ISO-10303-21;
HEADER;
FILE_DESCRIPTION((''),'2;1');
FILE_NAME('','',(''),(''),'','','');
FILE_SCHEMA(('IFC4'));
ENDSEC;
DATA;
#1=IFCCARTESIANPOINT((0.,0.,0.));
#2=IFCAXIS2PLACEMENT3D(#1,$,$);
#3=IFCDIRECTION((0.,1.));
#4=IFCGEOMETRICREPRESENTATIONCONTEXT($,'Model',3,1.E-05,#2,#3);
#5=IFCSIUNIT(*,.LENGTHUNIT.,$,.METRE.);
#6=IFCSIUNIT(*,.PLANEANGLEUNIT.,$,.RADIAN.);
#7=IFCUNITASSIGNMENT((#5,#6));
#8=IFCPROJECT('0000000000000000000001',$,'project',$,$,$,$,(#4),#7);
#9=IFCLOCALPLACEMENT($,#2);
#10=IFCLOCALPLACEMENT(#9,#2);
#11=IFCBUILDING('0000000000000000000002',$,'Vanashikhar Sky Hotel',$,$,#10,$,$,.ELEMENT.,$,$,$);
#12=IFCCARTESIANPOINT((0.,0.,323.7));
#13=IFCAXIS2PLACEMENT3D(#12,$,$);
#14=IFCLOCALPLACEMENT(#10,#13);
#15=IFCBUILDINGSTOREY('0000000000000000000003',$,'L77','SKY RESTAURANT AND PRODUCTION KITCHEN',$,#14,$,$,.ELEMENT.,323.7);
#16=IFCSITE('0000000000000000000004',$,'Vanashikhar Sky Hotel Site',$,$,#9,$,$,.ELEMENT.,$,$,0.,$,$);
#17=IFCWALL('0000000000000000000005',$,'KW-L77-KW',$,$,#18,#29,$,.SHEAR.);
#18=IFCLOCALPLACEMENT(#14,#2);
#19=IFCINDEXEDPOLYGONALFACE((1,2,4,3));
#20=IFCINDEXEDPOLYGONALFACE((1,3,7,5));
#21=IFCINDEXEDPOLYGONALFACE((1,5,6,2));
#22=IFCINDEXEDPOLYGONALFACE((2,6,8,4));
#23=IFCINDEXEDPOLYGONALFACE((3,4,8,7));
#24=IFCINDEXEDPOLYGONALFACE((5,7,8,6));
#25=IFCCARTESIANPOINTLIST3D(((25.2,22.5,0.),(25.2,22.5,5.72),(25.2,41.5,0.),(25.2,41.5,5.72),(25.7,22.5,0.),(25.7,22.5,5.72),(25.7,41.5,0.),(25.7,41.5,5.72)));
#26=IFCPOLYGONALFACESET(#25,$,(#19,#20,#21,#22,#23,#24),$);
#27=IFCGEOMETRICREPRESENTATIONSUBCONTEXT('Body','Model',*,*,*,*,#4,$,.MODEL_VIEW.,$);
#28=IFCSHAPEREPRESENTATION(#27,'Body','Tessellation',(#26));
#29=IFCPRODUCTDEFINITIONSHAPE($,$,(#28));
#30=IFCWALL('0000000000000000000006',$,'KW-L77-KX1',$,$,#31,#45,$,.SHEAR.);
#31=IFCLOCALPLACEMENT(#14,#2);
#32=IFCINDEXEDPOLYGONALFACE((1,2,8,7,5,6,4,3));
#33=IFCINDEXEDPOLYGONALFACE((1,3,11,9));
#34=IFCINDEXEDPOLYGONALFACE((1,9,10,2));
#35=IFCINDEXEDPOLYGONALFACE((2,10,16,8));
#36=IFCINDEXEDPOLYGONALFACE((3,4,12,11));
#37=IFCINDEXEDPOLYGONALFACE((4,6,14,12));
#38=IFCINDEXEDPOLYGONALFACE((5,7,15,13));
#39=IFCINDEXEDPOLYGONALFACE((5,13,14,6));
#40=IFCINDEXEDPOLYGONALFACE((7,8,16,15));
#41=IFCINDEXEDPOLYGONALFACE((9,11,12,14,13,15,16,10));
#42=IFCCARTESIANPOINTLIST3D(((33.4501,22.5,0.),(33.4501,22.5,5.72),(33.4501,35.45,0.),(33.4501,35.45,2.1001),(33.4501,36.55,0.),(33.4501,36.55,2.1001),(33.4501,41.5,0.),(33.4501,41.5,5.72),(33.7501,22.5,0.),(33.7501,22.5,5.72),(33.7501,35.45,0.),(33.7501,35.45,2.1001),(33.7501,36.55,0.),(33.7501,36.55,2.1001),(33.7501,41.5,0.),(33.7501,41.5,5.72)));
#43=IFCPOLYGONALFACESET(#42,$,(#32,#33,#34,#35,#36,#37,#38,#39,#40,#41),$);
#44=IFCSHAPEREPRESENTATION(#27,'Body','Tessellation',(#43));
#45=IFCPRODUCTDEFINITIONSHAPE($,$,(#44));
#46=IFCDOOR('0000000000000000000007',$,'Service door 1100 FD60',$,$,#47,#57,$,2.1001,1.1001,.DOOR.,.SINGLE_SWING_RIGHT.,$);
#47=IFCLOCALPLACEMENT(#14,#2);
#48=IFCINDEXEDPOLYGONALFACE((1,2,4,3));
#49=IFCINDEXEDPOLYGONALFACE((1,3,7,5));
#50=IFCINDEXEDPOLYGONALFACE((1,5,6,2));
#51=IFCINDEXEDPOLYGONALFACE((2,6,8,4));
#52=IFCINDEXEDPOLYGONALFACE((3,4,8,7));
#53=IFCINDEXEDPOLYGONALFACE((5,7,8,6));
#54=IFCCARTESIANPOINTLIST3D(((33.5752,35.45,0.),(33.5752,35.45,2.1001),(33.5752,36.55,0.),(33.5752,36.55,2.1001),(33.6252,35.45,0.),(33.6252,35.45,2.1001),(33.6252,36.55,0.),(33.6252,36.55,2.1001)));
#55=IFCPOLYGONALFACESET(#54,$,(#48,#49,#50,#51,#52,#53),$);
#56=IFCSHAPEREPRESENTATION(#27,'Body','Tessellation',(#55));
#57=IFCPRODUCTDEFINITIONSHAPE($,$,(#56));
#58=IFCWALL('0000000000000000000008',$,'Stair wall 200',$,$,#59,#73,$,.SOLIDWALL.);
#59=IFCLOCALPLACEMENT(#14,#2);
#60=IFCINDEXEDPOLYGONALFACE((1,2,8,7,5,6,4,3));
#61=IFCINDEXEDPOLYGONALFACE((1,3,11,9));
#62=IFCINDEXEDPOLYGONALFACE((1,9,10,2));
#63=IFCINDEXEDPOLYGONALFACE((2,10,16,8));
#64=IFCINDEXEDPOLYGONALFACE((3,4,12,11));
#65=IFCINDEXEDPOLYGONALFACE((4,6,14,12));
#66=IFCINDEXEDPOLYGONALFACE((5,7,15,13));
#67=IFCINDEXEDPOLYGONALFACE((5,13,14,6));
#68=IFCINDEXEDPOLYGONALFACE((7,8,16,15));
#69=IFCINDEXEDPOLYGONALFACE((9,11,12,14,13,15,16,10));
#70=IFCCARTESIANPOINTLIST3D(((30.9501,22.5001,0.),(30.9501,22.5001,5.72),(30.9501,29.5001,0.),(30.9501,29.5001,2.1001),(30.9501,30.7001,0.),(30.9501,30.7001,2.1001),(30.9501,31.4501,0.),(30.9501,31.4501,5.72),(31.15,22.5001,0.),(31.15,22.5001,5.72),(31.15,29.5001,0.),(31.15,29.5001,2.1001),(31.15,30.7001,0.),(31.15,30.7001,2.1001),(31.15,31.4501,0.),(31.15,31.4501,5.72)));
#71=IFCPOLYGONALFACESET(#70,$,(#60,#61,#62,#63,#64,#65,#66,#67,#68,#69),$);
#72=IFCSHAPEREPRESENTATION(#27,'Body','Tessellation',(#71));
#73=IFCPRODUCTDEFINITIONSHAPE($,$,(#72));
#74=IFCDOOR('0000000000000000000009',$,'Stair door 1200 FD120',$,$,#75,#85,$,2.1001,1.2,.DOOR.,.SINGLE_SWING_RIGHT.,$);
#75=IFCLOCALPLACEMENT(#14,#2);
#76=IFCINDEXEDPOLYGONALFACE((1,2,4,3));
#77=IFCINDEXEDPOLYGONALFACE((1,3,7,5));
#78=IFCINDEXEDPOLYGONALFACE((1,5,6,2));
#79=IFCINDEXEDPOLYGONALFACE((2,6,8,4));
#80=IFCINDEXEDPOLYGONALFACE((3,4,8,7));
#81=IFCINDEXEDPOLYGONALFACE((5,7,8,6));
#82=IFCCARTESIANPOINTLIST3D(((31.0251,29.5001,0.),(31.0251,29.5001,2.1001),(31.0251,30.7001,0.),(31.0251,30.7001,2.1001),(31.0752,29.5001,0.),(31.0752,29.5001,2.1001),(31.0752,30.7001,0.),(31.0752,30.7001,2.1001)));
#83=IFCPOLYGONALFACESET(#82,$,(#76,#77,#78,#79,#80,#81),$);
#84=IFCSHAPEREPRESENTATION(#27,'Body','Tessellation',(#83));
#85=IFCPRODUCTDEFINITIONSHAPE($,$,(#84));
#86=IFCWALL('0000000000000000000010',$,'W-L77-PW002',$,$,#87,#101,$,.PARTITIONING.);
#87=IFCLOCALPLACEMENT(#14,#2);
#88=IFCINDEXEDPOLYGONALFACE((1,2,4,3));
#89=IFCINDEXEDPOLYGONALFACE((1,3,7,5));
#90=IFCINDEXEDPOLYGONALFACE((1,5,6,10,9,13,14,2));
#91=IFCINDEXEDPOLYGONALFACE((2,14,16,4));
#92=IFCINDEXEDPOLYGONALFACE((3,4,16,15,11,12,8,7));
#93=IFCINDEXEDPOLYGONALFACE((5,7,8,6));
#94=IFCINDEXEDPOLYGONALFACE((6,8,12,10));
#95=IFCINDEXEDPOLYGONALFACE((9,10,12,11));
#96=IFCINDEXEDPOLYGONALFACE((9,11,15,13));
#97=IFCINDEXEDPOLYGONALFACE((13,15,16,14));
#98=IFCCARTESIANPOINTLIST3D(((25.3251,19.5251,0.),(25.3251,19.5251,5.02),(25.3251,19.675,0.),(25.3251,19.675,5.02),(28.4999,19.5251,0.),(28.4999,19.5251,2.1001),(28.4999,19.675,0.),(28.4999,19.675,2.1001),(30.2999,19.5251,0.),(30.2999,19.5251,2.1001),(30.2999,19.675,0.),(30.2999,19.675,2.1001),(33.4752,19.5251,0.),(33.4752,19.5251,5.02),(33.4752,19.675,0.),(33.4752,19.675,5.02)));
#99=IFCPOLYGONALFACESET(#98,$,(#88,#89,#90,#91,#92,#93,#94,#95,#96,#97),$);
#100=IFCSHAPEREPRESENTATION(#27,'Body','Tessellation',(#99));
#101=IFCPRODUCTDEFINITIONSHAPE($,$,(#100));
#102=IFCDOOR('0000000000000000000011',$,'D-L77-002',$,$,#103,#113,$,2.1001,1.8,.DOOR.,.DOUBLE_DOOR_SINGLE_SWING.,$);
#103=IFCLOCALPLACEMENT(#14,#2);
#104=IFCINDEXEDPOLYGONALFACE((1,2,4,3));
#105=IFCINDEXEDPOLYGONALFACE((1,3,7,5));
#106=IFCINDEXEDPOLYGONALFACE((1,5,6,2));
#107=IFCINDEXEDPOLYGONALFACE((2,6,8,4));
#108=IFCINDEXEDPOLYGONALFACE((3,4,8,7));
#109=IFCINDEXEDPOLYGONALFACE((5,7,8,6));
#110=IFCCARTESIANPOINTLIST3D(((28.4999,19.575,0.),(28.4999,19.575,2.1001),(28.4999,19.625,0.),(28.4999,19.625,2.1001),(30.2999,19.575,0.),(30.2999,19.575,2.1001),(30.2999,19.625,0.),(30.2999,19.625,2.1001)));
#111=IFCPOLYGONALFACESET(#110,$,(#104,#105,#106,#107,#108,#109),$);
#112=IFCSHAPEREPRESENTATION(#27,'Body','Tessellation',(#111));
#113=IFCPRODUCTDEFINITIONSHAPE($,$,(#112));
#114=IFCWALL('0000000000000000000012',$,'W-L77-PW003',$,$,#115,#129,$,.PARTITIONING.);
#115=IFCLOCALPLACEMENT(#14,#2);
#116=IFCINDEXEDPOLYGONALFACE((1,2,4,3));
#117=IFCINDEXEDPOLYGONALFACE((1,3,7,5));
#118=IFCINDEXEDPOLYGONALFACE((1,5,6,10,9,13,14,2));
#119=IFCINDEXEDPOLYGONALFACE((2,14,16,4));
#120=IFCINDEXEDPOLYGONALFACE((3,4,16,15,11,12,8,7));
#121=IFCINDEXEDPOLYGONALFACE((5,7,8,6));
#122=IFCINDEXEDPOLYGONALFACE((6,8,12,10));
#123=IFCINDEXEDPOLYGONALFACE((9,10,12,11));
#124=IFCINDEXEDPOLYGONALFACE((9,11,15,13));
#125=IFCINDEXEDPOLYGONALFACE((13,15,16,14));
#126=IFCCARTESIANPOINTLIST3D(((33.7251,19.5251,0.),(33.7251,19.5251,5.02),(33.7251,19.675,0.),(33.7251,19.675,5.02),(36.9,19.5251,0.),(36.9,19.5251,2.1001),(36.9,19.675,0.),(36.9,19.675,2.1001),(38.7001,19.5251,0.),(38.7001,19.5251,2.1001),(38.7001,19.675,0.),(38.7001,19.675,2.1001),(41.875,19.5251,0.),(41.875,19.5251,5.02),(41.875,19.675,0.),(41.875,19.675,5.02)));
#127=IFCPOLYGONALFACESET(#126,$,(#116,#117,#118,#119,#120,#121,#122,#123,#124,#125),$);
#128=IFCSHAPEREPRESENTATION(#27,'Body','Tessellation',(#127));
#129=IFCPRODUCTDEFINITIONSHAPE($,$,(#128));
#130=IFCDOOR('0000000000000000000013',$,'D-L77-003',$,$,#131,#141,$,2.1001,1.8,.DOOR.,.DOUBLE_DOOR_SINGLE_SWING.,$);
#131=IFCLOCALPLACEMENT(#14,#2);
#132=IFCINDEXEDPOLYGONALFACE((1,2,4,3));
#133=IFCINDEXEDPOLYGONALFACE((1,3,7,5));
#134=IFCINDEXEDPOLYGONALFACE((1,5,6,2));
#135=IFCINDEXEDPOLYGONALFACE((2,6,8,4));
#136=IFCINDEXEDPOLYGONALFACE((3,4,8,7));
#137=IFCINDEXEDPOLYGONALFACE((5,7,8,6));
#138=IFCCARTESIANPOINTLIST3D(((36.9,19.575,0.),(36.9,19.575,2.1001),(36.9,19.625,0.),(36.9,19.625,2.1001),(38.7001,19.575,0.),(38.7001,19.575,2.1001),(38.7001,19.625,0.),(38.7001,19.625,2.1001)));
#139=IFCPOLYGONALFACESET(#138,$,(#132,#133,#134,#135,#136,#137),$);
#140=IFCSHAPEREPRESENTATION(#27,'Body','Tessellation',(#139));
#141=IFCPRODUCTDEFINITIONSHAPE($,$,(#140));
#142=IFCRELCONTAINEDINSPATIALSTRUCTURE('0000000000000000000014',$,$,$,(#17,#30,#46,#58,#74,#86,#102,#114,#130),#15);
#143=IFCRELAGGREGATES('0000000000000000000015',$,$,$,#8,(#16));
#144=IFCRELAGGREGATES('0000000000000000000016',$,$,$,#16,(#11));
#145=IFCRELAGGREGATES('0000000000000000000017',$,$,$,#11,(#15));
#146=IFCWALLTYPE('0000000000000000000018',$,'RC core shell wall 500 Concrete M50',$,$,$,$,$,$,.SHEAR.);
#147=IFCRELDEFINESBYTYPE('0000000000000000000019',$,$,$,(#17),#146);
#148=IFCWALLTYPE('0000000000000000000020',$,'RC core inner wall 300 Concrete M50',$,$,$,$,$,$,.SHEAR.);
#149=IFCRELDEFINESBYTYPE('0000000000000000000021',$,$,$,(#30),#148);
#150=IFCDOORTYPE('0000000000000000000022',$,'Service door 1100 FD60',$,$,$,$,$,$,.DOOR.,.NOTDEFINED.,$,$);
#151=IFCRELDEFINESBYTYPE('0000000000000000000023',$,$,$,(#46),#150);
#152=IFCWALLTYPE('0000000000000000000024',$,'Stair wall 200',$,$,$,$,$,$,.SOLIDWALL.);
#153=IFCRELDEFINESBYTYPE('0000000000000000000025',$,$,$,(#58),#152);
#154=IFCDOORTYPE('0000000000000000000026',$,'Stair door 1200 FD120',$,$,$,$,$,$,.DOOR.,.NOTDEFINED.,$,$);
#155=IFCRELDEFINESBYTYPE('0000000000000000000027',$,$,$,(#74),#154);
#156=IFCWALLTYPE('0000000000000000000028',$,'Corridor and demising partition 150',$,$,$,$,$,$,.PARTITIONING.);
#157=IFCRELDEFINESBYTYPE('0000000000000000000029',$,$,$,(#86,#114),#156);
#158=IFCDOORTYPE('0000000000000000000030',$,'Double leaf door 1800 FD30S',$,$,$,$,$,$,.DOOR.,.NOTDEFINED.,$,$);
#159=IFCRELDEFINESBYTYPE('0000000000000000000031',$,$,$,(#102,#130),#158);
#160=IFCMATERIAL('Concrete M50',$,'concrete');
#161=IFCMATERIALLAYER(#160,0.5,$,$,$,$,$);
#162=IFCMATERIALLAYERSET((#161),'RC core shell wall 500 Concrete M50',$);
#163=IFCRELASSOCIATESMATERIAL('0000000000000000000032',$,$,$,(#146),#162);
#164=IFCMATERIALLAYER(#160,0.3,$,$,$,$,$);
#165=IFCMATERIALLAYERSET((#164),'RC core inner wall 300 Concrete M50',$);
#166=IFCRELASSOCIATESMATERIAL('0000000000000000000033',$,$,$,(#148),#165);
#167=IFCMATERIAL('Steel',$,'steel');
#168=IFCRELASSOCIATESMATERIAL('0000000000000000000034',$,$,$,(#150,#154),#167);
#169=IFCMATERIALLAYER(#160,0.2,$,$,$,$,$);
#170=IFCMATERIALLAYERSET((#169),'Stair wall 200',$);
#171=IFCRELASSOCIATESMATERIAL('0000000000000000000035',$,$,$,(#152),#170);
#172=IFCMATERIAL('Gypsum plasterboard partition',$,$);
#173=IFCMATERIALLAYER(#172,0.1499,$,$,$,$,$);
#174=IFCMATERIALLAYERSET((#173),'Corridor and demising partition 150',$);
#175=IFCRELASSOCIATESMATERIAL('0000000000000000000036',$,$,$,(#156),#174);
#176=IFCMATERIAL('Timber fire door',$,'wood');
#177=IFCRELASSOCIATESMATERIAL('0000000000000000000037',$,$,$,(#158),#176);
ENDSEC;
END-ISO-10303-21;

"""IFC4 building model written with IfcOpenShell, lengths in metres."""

from ifc_helpers import new_model, si_unit, direction, frame, frame_2d, origin, place, context, subcontext, project, spatial, rectangle, extrude, source, transform, mapped, material, layer, layer_set, type_object, element, fill, save


model = new_model("IFC4")

# Units and contexts
model_context = context("Model", 3, precision=1e-05, world=origin(), true_north=direction((0.0, 1.0)))
body_context = subcontext(model_context, "Body", "Model", "MODEL_VIEW")
ifc_project = project(units=[si_unit("LENGTHUNIT", "METRE"), si_unit("PLANEANGLEUNIT", "RADIAN")], contexts=[model_context])

# Site, building, storey
site_placement = place(None, origin())
site = spatial("IfcSite", under=ifc_project, at=site_placement, Name="Vanashikhar Sky Hotel Site", CompositionType="ELEMENT", RefElevation=0.0)
building_placement = place(site_placement, origin())
building = spatial("IfcBuilding", under=site, at=building_placement, Name="Vanashikhar Sky Hotel", CompositionType="ELEMENT")
storey_placement = place(building_placement, frame((0.0, 0.0, 323.7)))
storey = spatial("IfcBuildingStorey", under=building, at=storey_placement, Name="L77", Description="SKY RESTAURANT AND PRODUCTION KITCHEN", CompositionType="ELEMENT", Elevation=323.7)

# Shared definitions
ifc_material_1 = material(Name="Concrete M50", Category="concrete")

# Shared definitions
ifc_layer_1 = layer(ifc_material_1, 0.5)
ifc_layer_set_1 = layer_set([ifc_layer_1], Name="RC core shell wall 500 Concrete M50")
wall_type_1 = type_object("IfcWallType", Name="RC core shell wall 500 Concrete M50", PredefinedType="SHEAR", material=ifc_layer_set_1)
ifc_material_2 = material(Name="Steel", Category="steel")

# Wall
shared_shape_1 = source(origin(), body_context, "Body", "SweptSolid", [
    extrude(rectangle(XDim=19.0, YDim=0.5, at=frame_2d((9.5, 0.0))), origin(), (0.0, 0.0, 1.0), 5.72),
])
wall_1_placement = place(storey_placement, frame((25.45, 22.5, 0.0), z_axis=(0.0, 0.0, 1.0), x_axis=(0.0, 1.0, 0.0)))
element("IfcWall", 1, at=wall_1_placement, inside=storey, type_object=wall_type_1, Name="KW-L77-KW", PredefinedType="SHEAR", context=body_context, shape_type="MappedRepresentation", body=[
    mapped(shared_shape_1, transform((0.0, 0.0, 0.0), scale=1.0)),
])

# Walls, openings, doors
ifc_layer_2 = layer(ifc_material_1, 0.3)
ifc_layer_set_2 = layer_set([ifc_layer_2], Name="RC core inner wall 300 Concrete M50")
wall_type_2 = type_object("IfcWallType", Name="RC core inner wall 300 Concrete M50", PredefinedType="SHEAR", material=ifc_layer_set_2)
shared_shape_2 = source(origin(), body_context, "Body", "SweptSolid", [
    extrude(rectangle(XDim=19.0, YDim=0.3, at=frame_2d((9.5, 0.0))), origin(), (0.0, 0.0, 1.0), 5.72),
])
wall_2_placement = place(storey_placement, frame((33.6001, 22.5, 0.0), z_axis=(0.0, 0.0, 1.0), x_axis=(0.0, 1.0, 0.0)))
wall_2 = element("IfcWall", 2, at=wall_2_placement, inside=storey, type_object=wall_type_2, Name="KW-L77-KX1", PredefinedType="SHEAR", context=body_context, shape_type="MappedRepresentation", body=[
    mapped(shared_shape_2, transform((0.0, 0.0, 0.0), scale=1.0)),
])
shared_shape_3 = source(origin(), body_context, "Body", "SweptSolid", [
    extrude(rectangle(XDim=1.1001, YDim=2.1001, at=frame_2d((0.55, 1.05))), frame((0.0, 0.1602, 0.0), z_axis=(0.0, -1.0, 0.0), x_axis=(1.0, 0.0, 0.0)), (0.0, 0.0, 1.0), 0.3201),
])
opening_1_placement = place(wall_2_placement, frame((12.95, 0.0, 0.0)))
opening_1 = element("IfcOpeningElement", 3, at=opening_1_placement, cuts=wall_2, PredefinedType="OPENING", context=body_context, shape_type="MappedRepresentation", body=[
    mapped(shared_shape_3, transform((0.0, 0.0, 0.0), scale=1.0)),
])
door_type_1 = type_object("IfcDoorType", Name="Service door 1100 FD60", OperationType="NOTDEFINED", PredefinedType="DOOR", material=ifc_material_2)
shared_shape_4 = source(origin(), body_context, "Body", "SweptSolid", [
    extrude(rectangle(XDim=1.1001, YDim=2.1001, at=frame_2d((0.55, 1.05))), frame((0.0, 0.0249, 0.0), z_axis=(0.0, -1.0, 0.0), x_axis=(1.0, 0.0, 0.0)), (0.0, 0.0, 1.0), 0.05),
])
door_1_placement = place(opening_1_placement, origin())
door_1 = element("IfcDoor", 4, at=door_1_placement, inside=storey, type_object=door_type_1, Name="Service door 1100 FD60", OperationType="SINGLE_SWING_RIGHT", OverallHeight=2.1001, OverallWidth=1.1001, PredefinedType="DOOR", context=body_context, shape_type="MappedRepresentation", body=[
    mapped(shared_shape_4, transform((0.0, 0.0, 0.0), scale=1.0)),
])
fill(opening_1, door_1)
ifc_layer_3 = layer(ifc_material_1, 0.2)
ifc_layer_set_3 = layer_set([ifc_layer_3], Name="Stair wall 200")
wall_type_3 = type_object("IfcWallType", Name="Stair wall 200", PredefinedType="SOLIDWALL", material=ifc_layer_set_3)
shared_shape_5 = source(origin(), body_context, "Body", "SweptSolid", [
    extrude(rectangle(XDim=8.95, YDim=0.2, at=frame_2d((4.4751, 0.0))), origin(), (0.0, 0.0, 1.0), 5.72),
])
wall_3_placement = place(storey_placement, frame((31.05, 22.5, 0.0), z_axis=(0.0, 0.0, 1.0), x_axis=(0.0, 1.0, 0.0)))
wall_3 = element("IfcWall", 5, at=wall_3_placement, inside=storey, type_object=wall_type_3, Name="Stair wall 200", PredefinedType="SOLIDWALL", context=body_context, shape_type="MappedRepresentation", body=[
    mapped(shared_shape_5, transform((0.0, 0.0, 0.0), scale=1.0)),
])
shared_shape_6 = source(origin(), body_context, "Body", "SweptSolid", [
    extrude(rectangle(XDim=1.2, YDim=2.1001, at=frame_2d((0.6001, 1.05))), frame((0.0, 0.1099, 0.0), z_axis=(0.0, -1.0, 0.0), x_axis=(1.0, 0.0, 0.0)), (0.0, 0.0, 1.0), 0.22),
])
opening_2_placement = place(wall_3_placement, frame((7.0, 0.0, 0.0)))
opening_2 = element("IfcOpeningElement", 6, at=opening_2_placement, cuts=wall_3, PredefinedType="OPENING", context=body_context, shape_type="MappedRepresentation", body=[
    mapped(shared_shape_6, transform((0.0, 0.0, 0.0), scale=1.0)),
])
door_type_2 = type_object("IfcDoorType", Name="Stair door 1200 FD120", OperationType="NOTDEFINED", PredefinedType="DOOR", material=ifc_material_2)
shared_shape_7 = source(origin(), body_context, "Body", "SweptSolid", [
    extrude(rectangle(XDim=1.2, YDim=2.1001, at=frame_2d((0.6001, 1.05))), frame((0.0, 0.0249, 0.0), z_axis=(0.0, -1.0, 0.0), x_axis=(1.0, 0.0, 0.0)), (0.0, 0.0, 1.0), 0.05),
])
door_2_placement = place(opening_2_placement, origin())
door_2 = element("IfcDoor", 7, at=door_2_placement, inside=storey, type_object=door_type_2, Name="Stair door 1200 FD120", OperationType="SINGLE_SWING_RIGHT", OverallHeight=2.1001, OverallWidth=1.2, PredefinedType="DOOR", context=body_context, shape_type="MappedRepresentation", body=[
    mapped(shared_shape_7, transform((0.0, 0.0, 0.0), scale=1.0)),
])
fill(opening_2, door_2)
ifc_material_3 = material(Name="Gypsum plasterboard partition")
ifc_layer_4 = layer(ifc_material_3, 0.1499)
ifc_layer_set_4 = layer_set([ifc_layer_4], Name="Corridor and demising partition 150")
wall_type_4 = type_object("IfcWallType", Name="Corridor and demising partition 150", PredefinedType="PARTITIONING", material=ifc_layer_set_4)
shared_shape_8 = source(origin(), body_context, "Body", "SweptSolid", [
    extrude(rectangle(XDim=8.1501, YDim=0.1499, at=frame_2d((4.0752, 0.0))), origin(), (0.0, 0.0, 1.0), 5.02),
])
wall_4_placement = place(storey_placement, frame((25.325, 19.6001, 0.0), z_axis=(0.0, 0.0, 1.0), x_axis=(1.0, 0.0, 0.0)))
wall_4 = element("IfcWall", 8, at=wall_4_placement, inside=storey, type_object=wall_type_4, Name="W-L77-PW002", PredefinedType="PARTITIONING", context=body_context, shape_type="MappedRepresentation", body=[
    mapped(shared_shape_8, transform((0.0, 0.0, 0.0), scale=1.0)),
])
shared_shape_9 = source(origin(), body_context, "Body", "SweptSolid", [
    extrude(rectangle(XDim=1.8, YDim=2.1001, at=frame_2d((0.8999, 1.05))), frame((0.0, 0.085, 0.0), z_axis=(0.0, -1.0, 0.0), x_axis=(1.0, 0.0, 0.0)), (0.0, 0.0, 1.0), 0.1699),
])
opening_3_placement = place(wall_4_placement, frame((3.175, 0.0, 0.0)))
opening_3 = element("IfcOpeningElement", 9, at=opening_3_placement, cuts=wall_4, PredefinedType="OPENING", context=body_context, shape_type="MappedRepresentation", body=[
    mapped(shared_shape_9, transform((0.0, 0.0, 0.0), scale=1.0)),
])
ifc_material_4 = material(Name="Timber fire door", Category="wood")
door_type_3 = type_object("IfcDoorType", Name="Double leaf door 1800 FD30S", OperationType="NOTDEFINED", PredefinedType="DOOR", material=ifc_material_4)
shared_shape_10 = source(origin(), body_context, "Body", "SweptSolid", [
    extrude(rectangle(XDim=1.8, YDim=2.1001, at=frame_2d((0.8999, 1.05))), frame((0.0, 0.0249, 0.0), z_axis=(0.0, -1.0, 0.0), x_axis=(1.0, 0.0, 0.0)), (0.0, 0.0, 1.0), 0.05),
])
door_3_placement = place(opening_3_placement, origin())
door_3 = element("IfcDoor", 10, at=door_3_placement, inside=storey, type_object=door_type_3, Name="D-L77-002", OperationType="DOUBLE_DOOR_SINGLE_SWING", OverallHeight=2.1001, OverallWidth=1.8, PredefinedType="DOOR", context=body_context, shape_type="MappedRepresentation", body=[
    mapped(shared_shape_10, transform((0.0, 0.0, 0.0), scale=1.0)),
])
fill(opening_3, door_3)
shared_shape_11 = source(origin(), body_context, "Body", "SweptSolid", [
    extrude(rectangle(XDim=8.1499, YDim=0.1499, at=frame_2d((4.075, 0.0))), origin(), (0.0, 0.0, 1.0), 5.02),
])
wall_5_placement = place(storey_placement, frame((33.7251, 19.6001, 0.0), z_axis=(0.0, 0.0, 1.0), x_axis=(1.0, 0.0, 0.0)))
wall_5 = element("IfcWall", 11, at=wall_5_placement, inside=storey, type_object=wall_type_4, Name="W-L77-PW003", PredefinedType="PARTITIONING", context=body_context, shape_type="MappedRepresentation", body=[
    mapped(shared_shape_11, transform((0.0, 0.0, 0.0), scale=1.0)),
])
opening_4_placement = place(wall_5_placement, frame((3.175, 0.0, 0.0)))
opening_4 = element("IfcOpeningElement", 12, at=opening_4_placement, cuts=wall_5, PredefinedType="OPENING", context=body_context, shape_type="MappedRepresentation", body=[
    mapped(shared_shape_9, transform((0.0, 0.0, 0.0), scale=1.0)),
])
door_4_placement = place(opening_4_placement, origin())
door_4 = element("IfcDoor", 13, at=door_4_placement, inside=storey, type_object=door_type_3, Name="D-L77-003", OperationType="DOUBLE_DOOR_SINGLE_SWING", OverallHeight=2.1001, OverallWidth=1.8, PredefinedType="DOOR", context=body_context, shape_type="MappedRepresentation", body=[
    mapped(shared_shape_10, transform((0.0, 0.0, 0.0), scale=1.0)),
])
fill(opening_4, door_4)

save(model, "model.ifc")
